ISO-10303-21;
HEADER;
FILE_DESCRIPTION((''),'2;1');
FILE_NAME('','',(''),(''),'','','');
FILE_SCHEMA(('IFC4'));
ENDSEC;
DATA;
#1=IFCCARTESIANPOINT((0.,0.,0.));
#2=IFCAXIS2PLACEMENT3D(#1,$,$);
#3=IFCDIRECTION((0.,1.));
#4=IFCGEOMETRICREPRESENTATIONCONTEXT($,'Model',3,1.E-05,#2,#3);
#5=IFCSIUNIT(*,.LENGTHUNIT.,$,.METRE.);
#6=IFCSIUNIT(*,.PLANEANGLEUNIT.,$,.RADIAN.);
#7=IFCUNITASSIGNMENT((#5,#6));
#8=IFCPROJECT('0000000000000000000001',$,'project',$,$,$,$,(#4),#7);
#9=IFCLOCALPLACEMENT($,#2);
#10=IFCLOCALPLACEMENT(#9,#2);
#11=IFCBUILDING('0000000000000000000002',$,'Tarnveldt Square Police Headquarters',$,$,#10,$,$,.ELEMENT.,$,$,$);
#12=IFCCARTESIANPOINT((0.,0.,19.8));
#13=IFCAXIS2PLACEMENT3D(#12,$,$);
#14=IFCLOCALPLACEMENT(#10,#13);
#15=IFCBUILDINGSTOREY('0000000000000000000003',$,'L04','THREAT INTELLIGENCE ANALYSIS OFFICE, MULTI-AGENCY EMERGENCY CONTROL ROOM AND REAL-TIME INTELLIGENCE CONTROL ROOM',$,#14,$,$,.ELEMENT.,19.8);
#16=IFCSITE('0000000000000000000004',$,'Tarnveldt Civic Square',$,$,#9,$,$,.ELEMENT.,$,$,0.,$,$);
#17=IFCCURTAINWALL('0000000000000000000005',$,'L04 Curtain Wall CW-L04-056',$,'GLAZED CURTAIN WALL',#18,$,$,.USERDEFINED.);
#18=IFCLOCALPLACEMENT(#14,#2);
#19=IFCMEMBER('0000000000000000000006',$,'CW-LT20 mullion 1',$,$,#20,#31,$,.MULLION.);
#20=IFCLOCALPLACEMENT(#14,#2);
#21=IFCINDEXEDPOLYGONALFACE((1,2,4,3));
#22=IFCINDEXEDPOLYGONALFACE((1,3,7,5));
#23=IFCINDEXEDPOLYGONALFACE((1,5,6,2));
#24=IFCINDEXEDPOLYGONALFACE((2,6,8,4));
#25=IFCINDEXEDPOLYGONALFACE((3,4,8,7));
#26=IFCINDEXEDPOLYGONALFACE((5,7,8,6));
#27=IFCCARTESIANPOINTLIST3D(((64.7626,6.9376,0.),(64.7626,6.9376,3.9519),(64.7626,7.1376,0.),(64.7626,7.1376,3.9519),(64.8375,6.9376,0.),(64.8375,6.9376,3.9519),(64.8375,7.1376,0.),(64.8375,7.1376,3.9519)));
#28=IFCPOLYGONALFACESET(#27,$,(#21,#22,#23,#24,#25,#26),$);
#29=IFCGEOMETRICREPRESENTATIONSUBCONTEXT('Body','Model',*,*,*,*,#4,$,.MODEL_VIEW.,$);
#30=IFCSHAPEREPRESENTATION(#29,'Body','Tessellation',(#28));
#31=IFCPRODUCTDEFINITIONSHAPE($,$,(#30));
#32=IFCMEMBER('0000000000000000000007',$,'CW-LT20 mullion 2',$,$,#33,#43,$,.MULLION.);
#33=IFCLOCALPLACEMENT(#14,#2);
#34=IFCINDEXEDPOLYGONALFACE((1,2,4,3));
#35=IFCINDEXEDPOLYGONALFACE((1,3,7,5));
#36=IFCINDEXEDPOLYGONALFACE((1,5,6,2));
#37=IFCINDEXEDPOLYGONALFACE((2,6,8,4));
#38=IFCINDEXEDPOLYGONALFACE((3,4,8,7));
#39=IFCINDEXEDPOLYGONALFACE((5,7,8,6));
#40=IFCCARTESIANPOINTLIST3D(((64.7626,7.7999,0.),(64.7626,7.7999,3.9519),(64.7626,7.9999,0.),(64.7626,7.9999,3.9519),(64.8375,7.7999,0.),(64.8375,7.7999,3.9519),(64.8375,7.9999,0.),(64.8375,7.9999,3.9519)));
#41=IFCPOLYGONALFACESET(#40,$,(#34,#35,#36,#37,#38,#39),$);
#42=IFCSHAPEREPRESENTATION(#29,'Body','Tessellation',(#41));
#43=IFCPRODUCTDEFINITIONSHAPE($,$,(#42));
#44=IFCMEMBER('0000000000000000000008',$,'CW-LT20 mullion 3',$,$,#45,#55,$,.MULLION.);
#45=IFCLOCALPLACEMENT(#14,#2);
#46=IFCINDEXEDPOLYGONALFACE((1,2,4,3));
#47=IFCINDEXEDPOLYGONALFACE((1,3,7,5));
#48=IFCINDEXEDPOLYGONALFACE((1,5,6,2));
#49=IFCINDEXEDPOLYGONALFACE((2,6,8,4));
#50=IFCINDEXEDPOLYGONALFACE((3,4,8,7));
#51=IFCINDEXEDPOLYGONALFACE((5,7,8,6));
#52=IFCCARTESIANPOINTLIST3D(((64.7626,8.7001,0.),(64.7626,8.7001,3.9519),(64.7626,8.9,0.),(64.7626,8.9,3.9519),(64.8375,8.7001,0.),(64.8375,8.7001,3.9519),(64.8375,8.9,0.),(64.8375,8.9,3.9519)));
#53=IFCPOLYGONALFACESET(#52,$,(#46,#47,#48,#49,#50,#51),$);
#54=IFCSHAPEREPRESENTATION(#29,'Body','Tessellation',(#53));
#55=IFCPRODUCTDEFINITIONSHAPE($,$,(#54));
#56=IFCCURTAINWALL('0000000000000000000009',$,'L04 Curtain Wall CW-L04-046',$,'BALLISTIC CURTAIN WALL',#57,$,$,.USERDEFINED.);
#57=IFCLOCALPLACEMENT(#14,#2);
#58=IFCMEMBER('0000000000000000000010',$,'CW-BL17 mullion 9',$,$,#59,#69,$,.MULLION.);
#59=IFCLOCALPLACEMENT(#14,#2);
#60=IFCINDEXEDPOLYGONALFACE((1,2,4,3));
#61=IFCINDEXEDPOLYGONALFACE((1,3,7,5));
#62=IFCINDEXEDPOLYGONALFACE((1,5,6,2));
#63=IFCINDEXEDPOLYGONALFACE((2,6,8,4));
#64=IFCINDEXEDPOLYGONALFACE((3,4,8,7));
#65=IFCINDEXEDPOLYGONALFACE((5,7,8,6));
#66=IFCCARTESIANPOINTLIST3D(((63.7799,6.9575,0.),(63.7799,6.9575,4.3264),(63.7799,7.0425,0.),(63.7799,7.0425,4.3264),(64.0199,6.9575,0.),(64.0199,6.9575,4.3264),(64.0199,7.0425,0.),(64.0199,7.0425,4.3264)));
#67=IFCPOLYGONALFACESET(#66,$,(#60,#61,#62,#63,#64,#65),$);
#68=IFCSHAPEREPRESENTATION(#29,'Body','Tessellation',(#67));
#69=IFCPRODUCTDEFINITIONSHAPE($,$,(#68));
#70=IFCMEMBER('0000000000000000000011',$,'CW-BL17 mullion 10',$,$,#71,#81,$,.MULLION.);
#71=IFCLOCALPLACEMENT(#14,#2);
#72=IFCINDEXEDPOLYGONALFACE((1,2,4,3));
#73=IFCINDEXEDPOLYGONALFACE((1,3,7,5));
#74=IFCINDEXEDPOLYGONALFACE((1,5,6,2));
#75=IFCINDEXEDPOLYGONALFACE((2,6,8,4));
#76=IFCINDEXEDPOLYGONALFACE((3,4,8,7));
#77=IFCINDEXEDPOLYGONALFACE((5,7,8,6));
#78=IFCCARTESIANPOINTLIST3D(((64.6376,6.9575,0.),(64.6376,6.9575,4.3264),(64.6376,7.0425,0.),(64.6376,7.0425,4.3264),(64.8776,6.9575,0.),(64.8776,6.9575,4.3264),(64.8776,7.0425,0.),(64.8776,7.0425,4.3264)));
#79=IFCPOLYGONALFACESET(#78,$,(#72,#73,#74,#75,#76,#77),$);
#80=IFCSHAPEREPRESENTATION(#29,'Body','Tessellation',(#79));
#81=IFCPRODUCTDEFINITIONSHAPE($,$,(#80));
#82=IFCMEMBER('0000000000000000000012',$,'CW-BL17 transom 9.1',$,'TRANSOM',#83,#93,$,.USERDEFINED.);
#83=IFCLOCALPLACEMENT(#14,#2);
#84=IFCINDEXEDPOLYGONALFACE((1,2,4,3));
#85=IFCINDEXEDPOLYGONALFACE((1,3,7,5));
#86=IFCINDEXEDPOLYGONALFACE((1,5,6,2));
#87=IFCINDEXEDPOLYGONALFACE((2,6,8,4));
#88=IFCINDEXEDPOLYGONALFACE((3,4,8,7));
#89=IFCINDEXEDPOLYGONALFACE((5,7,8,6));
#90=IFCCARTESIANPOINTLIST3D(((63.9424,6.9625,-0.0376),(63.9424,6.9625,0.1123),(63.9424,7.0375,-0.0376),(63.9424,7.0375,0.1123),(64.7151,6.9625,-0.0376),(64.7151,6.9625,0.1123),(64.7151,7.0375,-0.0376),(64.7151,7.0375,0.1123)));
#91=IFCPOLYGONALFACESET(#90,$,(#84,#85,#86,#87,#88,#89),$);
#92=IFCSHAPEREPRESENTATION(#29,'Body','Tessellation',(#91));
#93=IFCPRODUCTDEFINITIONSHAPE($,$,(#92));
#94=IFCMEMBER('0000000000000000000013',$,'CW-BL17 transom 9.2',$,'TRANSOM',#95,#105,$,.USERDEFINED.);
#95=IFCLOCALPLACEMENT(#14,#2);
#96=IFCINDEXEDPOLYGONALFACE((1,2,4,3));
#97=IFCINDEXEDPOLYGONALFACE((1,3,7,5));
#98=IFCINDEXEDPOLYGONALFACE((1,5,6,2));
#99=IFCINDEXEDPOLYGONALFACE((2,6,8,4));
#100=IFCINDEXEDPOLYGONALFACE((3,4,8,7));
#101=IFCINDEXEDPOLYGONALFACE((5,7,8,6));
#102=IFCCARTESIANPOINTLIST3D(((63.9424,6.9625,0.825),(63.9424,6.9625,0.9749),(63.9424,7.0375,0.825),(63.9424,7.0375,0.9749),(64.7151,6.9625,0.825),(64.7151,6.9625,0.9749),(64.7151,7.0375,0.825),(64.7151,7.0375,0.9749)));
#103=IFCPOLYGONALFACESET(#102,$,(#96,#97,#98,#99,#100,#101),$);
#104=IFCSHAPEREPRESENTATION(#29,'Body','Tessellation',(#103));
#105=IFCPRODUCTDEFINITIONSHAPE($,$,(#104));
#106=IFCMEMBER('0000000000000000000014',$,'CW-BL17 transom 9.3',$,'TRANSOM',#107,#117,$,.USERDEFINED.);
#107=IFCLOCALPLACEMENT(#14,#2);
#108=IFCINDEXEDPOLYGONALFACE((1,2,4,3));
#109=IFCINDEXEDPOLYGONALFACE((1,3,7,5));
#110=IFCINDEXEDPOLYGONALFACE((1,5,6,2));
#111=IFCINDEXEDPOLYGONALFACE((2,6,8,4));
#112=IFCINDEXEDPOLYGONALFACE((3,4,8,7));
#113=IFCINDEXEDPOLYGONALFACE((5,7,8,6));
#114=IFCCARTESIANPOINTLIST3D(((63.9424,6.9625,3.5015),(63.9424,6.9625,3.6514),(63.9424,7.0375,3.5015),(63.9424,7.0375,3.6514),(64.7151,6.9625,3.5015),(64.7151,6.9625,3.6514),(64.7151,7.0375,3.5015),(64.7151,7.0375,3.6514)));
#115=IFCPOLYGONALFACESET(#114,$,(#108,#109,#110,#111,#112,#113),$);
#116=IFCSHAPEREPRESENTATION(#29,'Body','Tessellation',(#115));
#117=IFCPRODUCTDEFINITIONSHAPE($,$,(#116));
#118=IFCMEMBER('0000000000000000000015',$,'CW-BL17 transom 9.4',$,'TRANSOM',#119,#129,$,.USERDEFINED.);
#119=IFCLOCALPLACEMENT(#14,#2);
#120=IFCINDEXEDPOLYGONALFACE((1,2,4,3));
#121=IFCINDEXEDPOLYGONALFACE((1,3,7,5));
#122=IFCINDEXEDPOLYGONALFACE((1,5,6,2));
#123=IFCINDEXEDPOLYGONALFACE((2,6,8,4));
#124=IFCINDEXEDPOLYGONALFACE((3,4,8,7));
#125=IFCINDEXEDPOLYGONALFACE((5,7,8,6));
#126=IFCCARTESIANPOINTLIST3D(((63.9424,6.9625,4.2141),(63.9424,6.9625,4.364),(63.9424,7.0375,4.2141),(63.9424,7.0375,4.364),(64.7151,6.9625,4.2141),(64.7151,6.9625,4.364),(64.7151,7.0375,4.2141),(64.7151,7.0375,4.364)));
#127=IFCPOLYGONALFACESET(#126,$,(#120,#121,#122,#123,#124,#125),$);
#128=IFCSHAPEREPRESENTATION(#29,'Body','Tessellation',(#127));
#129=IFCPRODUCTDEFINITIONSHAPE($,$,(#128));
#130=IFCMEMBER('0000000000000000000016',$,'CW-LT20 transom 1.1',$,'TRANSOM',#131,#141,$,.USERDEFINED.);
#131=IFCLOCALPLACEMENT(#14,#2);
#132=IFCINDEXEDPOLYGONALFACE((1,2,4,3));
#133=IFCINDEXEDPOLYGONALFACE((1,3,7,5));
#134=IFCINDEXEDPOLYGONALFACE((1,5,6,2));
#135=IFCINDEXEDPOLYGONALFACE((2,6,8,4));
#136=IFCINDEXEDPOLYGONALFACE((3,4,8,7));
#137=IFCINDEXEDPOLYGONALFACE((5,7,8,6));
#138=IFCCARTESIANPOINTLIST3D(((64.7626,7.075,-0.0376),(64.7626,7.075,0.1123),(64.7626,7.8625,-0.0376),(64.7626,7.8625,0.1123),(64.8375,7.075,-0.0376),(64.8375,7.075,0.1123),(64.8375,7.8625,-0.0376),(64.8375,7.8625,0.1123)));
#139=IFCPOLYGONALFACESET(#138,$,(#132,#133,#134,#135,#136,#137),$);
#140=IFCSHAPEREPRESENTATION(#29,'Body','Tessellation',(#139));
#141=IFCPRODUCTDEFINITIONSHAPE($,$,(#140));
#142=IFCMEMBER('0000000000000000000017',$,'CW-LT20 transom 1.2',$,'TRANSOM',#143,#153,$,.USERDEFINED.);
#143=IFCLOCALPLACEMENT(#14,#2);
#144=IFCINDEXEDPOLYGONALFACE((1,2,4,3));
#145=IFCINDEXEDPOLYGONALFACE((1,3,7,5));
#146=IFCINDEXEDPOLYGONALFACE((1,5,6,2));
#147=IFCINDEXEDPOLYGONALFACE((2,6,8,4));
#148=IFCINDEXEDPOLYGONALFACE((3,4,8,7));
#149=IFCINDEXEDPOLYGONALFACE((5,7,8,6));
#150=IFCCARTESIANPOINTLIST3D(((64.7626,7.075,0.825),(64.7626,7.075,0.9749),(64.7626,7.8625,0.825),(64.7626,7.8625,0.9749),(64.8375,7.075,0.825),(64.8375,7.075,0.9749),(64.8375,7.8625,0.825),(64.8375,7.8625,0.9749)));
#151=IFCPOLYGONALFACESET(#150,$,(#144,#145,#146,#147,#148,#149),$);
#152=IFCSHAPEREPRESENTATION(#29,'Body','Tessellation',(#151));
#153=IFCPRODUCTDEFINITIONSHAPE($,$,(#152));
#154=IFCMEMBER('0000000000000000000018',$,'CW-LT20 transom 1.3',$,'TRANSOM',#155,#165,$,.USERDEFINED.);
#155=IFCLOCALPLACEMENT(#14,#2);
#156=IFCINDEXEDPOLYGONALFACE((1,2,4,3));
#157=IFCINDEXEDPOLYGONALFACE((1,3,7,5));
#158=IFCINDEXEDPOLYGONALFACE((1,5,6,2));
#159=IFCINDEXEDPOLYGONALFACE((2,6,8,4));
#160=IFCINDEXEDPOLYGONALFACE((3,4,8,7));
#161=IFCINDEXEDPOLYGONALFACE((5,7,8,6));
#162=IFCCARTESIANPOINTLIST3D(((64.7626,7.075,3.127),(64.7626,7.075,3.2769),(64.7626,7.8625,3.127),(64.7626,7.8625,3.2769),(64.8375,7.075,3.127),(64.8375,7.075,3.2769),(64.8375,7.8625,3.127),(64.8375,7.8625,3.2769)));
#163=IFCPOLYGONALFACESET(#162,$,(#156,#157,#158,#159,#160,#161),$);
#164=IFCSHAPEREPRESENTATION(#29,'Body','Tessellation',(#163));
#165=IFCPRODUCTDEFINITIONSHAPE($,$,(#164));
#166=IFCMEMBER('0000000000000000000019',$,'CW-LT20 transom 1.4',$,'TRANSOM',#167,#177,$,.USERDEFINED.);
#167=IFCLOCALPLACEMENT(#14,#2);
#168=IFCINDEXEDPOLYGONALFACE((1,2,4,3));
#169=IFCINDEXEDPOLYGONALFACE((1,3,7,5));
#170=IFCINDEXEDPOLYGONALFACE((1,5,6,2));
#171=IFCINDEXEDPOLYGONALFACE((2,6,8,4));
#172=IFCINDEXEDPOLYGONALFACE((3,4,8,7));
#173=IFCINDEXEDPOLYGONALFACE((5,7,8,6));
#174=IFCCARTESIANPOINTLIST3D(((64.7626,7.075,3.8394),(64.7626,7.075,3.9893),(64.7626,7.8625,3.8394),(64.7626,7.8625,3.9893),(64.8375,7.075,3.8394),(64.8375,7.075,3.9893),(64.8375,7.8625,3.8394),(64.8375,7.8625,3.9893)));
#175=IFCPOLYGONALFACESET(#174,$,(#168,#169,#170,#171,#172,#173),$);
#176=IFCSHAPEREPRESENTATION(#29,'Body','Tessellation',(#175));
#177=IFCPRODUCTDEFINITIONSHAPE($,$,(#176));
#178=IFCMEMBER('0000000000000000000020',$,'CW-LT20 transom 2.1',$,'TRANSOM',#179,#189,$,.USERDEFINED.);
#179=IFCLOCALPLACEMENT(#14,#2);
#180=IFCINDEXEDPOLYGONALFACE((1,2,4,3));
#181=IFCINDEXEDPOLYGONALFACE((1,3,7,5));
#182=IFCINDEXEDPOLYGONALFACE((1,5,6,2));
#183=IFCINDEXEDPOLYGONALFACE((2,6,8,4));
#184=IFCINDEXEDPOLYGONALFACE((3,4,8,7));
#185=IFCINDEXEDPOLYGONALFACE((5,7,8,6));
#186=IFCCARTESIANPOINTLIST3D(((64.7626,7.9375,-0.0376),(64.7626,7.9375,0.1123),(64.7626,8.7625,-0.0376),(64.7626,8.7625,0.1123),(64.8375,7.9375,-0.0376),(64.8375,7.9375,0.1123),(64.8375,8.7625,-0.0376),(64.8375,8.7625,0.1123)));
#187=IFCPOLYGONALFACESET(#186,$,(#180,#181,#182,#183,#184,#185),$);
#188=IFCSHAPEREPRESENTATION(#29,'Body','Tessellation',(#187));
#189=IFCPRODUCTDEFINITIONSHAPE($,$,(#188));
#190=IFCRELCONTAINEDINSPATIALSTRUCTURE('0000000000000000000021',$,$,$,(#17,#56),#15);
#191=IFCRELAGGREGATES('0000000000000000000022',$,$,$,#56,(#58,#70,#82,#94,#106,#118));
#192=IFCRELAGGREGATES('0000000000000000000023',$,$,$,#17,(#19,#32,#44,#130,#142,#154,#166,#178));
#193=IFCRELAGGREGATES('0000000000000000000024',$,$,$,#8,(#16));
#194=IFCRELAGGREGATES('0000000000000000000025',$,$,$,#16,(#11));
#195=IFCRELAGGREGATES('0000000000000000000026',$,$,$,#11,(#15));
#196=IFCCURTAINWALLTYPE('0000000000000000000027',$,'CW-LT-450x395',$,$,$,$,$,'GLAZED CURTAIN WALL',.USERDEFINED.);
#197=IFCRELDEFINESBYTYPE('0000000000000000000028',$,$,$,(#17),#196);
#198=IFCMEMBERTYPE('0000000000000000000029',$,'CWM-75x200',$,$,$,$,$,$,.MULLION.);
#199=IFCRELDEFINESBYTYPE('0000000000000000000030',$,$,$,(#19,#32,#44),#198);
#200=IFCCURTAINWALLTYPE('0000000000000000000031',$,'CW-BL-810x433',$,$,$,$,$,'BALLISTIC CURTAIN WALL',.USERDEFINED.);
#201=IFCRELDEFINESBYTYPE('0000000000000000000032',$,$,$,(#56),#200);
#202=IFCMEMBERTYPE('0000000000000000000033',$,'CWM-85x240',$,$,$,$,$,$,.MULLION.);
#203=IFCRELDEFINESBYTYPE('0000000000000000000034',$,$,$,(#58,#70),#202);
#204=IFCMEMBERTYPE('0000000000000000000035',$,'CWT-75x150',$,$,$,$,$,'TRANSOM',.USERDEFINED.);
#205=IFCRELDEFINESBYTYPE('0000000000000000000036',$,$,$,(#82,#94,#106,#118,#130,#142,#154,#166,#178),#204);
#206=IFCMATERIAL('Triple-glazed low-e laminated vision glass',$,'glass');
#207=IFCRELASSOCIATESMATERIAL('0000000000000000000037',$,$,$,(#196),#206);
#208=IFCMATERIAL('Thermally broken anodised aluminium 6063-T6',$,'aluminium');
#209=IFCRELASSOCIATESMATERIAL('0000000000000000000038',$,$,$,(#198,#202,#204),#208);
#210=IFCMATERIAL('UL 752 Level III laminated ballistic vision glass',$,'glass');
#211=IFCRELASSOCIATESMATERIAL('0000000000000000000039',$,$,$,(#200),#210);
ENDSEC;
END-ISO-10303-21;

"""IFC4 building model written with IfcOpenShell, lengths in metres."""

from ifc_helpers import new_model, si_unit, direction, frame, origin, origin_2d, place, context, subcontext, project, spatial, rectangle, extrude, material, material_profile, profile_set, type_object, element, aggregate, save


model = new_model("IFC4")

# Units and contexts
model_context = context("Model", 3, precision=1e-05, world=origin(), true_north=direction((0.0, 1.0)))
body_context = subcontext(model_context, "Body", "Model", "MODEL_VIEW")
ifc_project = project(units=[si_unit("LENGTHUNIT", "METRE"), si_unit("PLANEANGLEUNIT", "RADIAN")], contexts=[model_context])

# Site, building, storey
site_placement = place(None, origin())
site = spatial("IfcSite", under=ifc_project, at=site_placement, Name="Tarnveldt Civic Square", CompositionType="ELEMENT", RefElevation=0.0)
building_placement = place(site_placement, origin())
building = spatial("IfcBuilding", under=site, at=building_placement, Name="Tarnveldt Square Police Headquarters", CompositionType="ELEMENT")
storey_placement = place(building_placement, frame((0.0, 0.0, 19.8)))
storey = spatial("IfcBuildingStorey", under=building, at=storey_placement, Name="L04", Description="THREAT INTELLIGENCE ANALYSIS OFFICE, MULTI-AGENCY EMERGENCY CONTROL ROOM AND REAL-TIME INTELLIGENCE CONTROL ROOM", CompositionType="ELEMENT", Elevation=19.8)

# Curtain walls, members
ifc_material_1 = material(Name="Triple-glazed low-e laminated vision glass", Category="glass")
curtain_wall_type_1 = type_object("IfcCurtainWallType", Name="CW-LT-450x395", ElementType="GLAZED CURTAIN WALL", PredefinedType="USERDEFINED", material=ifc_material_1)
curtain_wall_1_placement = place(storey_placement, origin())
curtain_wall_1 = element("IfcCurtainWall", 1, at=curtain_wall_1_placement, inside=storey, type_object=curtain_wall_type_1, Name="L04 Curtain Wall CW-L04-056", ObjectType="GLAZED CURTAIN WALL", PredefinedType="USERDEFINED")
ifc_material_2 = material(Name="Thermally broken anodised aluminium 6063-T6", Category="aluminium")
ifc_material_profile_1 = material_profile(ifc_material_2, rectangle(XDim=0.075, YDim=0.2, at=origin_2d()), Name="CW-M75x200")
ifc_profile_set_1 = profile_set([ifc_material_profile_1], Name="Thermally broken anodised aluminium 6063-T6")
member_type_1 = type_object("IfcMemberType", Name="CWM-75x200", PredefinedType="MULLION", material=ifc_profile_set_1)
member_1_placement = place(storey_placement, frame((64.8, 7.0376, 0.0), z_axis=(0.0, 0.0, 1.0), x_axis=(-1.0, 0.0, 0.0)))
member_1 = element("IfcMember", 2, at=member_1_placement, type_object=member_type_1, Name="CW-LT20 mullion 1", PredefinedType="MULLION", context=body_context, shape_type="SweptSolid", body=[
    extrude(rectangle(XDim=0.075, YDim=0.2, at=origin_2d()), origin(), (0.0, 0.0, 1.0), 3.9519),
])
member_2_placement = place(storey_placement, frame((64.8, 7.8999, 0.0), z_axis=(0.0, 0.0, 1.0), x_axis=(-1.0, 0.0, 0.0)))
member_2 = element("IfcMember", 3, at=member_2_placement, type_object=member_type_1, Name="CW-LT20 mullion 2", PredefinedType="MULLION", context=body_context, shape_type="SweptSolid", body=[
    extrude(rectangle(XDim=0.075, YDim=0.2, at=origin_2d()), origin(), (0.0, 0.0, 1.0), 3.9519),
])
member_3_placement = place(storey_placement, frame((64.8, 8.8, 0.0), z_axis=(0.0, 0.0, 1.0), x_axis=(-1.0, 0.0, 0.0)))
member_3 = element("IfcMember", 4, at=member_3_placement, type_object=member_type_1, Name="CW-LT20 mullion 3", PredefinedType="MULLION", context=body_context, shape_type="SweptSolid", body=[
    extrude(rectangle(XDim=0.075, YDim=0.2, at=origin_2d()), origin(), (0.0, 0.0, 1.0), 3.9519),
])
ifc_material_3 = material(Name="UL 752 Level III laminated ballistic vision glass", Category="glass")
curtain_wall_type_2 = type_object("IfcCurtainWallType", Name="CW-BL-810x433", ElementType="BALLISTIC CURTAIN WALL", PredefinedType="USERDEFINED", material=ifc_material_3)
curtain_wall_2_placement = place(storey_placement, origin())
curtain_wall_2 = element("IfcCurtainWall", 5, at=curtain_wall_2_placement, inside=storey, type_object=curtain_wall_type_2, Name="L04 Curtain Wall CW-L04-046", ObjectType="BALLISTIC CURTAIN WALL", PredefinedType="USERDEFINED")
ifc_material_profile_2 = material_profile(ifc_material_2, rectangle(XDim=0.085, YDim=0.24, at=origin_2d()), Name="CW-M85x240")
ifc_profile_set_2 = profile_set([ifc_material_profile_2], Name="Thermally broken anodised aluminium 6063-T6")
member_type_2 = type_object("IfcMemberType", Name="CWM-85x240", PredefinedType="MULLION", material=ifc_profile_set_2)
member_4_placement = place(storey_placement, frame((63.8999, 7.0, 0.0), z_axis=(0.0, 0.0, 1.0), x_axis=(0.0, 1.0, 0.0)))
member_4 = element("IfcMember", 6, at=member_4_placement, type_object=member_type_2, Name="CW-BL17 mullion 9", PredefinedType="MULLION", context=body_context, shape_type="SweptSolid", body=[
    extrude(rectangle(XDim=0.085, YDim=0.24, at=origin_2d()), origin(), (0.0, 0.0, 1.0), 4.3264),
])
member_5_placement = place(storey_placement, frame((64.7576, 7.0, 0.0), z_axis=(0.0, 0.0, 1.0), x_axis=(0.0, 1.0, 0.0)))
member_5 = element("IfcMember", 7, at=member_5_placement, type_object=member_type_2, Name="CW-BL17 mullion 10", PredefinedType="MULLION", context=body_context, shape_type="SweptSolid", body=[
    extrude(rectangle(XDim=0.085, YDim=0.24, at=origin_2d()), origin(), (0.0, 0.0, 1.0), 4.3264),
])
ifc_material_profile_3 = material_profile(ifc_material_2, rectangle(XDim=0.075, YDim=0.1499, at=origin_2d()), Name="CW-T75x150")
ifc_profile_set_3 = profile_set([ifc_material_profile_3], Name="Thermally broken anodised aluminium 6063-T6")
member_type_3 = type_object("IfcMemberType", Name="CWT-75x150", ElementType="TRANSOM", PredefinedType="USERDEFINED", material=ifc_profile_set_3)
member_6_placement = place(storey_placement, frame((63.9424, 7.0, 0.0374), z_axis=(1.0, 0.0, 0.0), x_axis=(0.0, 1.0, 0.0)))
member_6 = element("IfcMember", 8, at=member_6_placement, type_object=member_type_3, Name="CW-BL17 transom 9.1", ObjectType="TRANSOM", PredefinedType="USERDEFINED", context=body_context, shape_type="SweptSolid", body=[
    extrude(rectangle(XDim=0.075, YDim=0.1499, at=origin_2d()), origin(), (0.0, 0.0, 1.0), 0.7727),
])
member_7_placement = place(storey_placement, frame((63.9424, 7.0, 0.8999), z_axis=(1.0, 0.0, 0.0), x_axis=(0.0, 1.0, 0.0)))
member_7 = element("IfcMember", 9, at=member_7_placement, type_object=member_type_3, Name="CW-BL17 transom 9.2", ObjectType="TRANSOM", PredefinedType="USERDEFINED", context=body_context, shape_type="SweptSolid", body=[
    extrude(rectangle(XDim=0.075, YDim=0.1499, at=origin_2d()), origin(), (0.0, 0.0, 1.0), 0.7727),
])
member_8_placement = place(storey_placement, frame((63.9424, 7.0, 3.5764), z_axis=(1.0, 0.0, 0.0), x_axis=(0.0, 1.0, 0.0)))
member_8 = element("IfcMember", 10, at=member_8_placement, type_object=member_type_3, Name="CW-BL17 transom 9.3", ObjectType="TRANSOM", PredefinedType="USERDEFINED", context=body_context, shape_type="SweptSolid", body=[
    extrude(rectangle(XDim=0.075, YDim=0.1499, at=origin_2d()), origin(), (0.0, 0.0, 1.0), 0.7727),
])
member_9_placement = place(storey_placement, frame((63.9424, 7.0, 4.2891), z_axis=(1.0, 0.0, 0.0), x_axis=(0.0, 1.0, 0.0)))
member_9 = element("IfcMember", 11, at=member_9_placement, type_object=member_type_3, Name="CW-BL17 transom 9.4", ObjectType="TRANSOM", PredefinedType="USERDEFINED", context=body_context, shape_type="SweptSolid", body=[
    extrude(rectangle(XDim=0.075, YDim=0.1499, at=origin_2d()), origin(), (0.0, 0.0, 1.0), 0.7727),
])

# Members
member_10_placement = place(storey_placement, frame((64.8, 7.075, 0.0374), z_axis=(0.0, 1.0, 0.0), x_axis=(-1.0, 0.0, 0.0)))
member_10 = element("IfcMember", 12, at=member_10_placement, type_object=member_type_3, Name="CW-LT20 transom 1.1", ObjectType="TRANSOM", PredefinedType="USERDEFINED", context=body_context, shape_type="SweptSolid", body=[
    extrude(rectangle(XDim=0.075, YDim=0.1499, at=origin_2d()), origin(), (0.0, 0.0, 1.0), 0.7876),
])
member_11_placement = place(storey_placement, frame((64.8, 7.075, 0.8999), z_axis=(0.0, 1.0, 0.0), x_axis=(-1.0, 0.0, 0.0)))
member_11 = element("IfcMember", 13, at=member_11_placement, type_object=member_type_3, Name="CW-LT20 transom 1.2", ObjectType="TRANSOM", PredefinedType="USERDEFINED", context=body_context, shape_type="SweptSolid", body=[
    extrude(rectangle(XDim=0.075, YDim=0.1499, at=origin_2d()), origin(), (0.0, 0.0, 1.0), 0.7876),
])
member_12_placement = place(storey_placement, frame((64.8, 7.075, 3.2019), z_axis=(0.0, 1.0, 0.0), x_axis=(-1.0, 0.0, 0.0)))
member_12 = element("IfcMember", 14, at=member_12_placement, type_object=member_type_3, Name="CW-LT20 transom 1.3", ObjectType="TRANSOM", PredefinedType="USERDEFINED", context=body_context, shape_type="SweptSolid", body=[
    extrude(rectangle(XDim=0.075, YDim=0.1499, at=origin_2d()), origin(), (0.0, 0.0, 1.0), 0.7876),
])
member_13_placement = place(storey_placement, frame((64.8, 7.075, 3.9143), z_axis=(0.0, 1.0, 0.0), x_axis=(-1.0, 0.0, 0.0)))
member_13 = element("IfcMember", 15, at=member_13_placement, type_object=member_type_3, Name="CW-LT20 transom 1.4", ObjectType="TRANSOM", PredefinedType="USERDEFINED", context=body_context, shape_type="SweptSolid", body=[
    extrude(rectangle(XDim=0.075, YDim=0.1499, at=origin_2d()), origin(), (0.0, 0.0, 1.0), 0.7876),
])
member_14_placement = place(storey_placement, frame((64.8, 7.9375, 0.0374), z_axis=(0.0, 1.0, 0.0), x_axis=(-1.0, 0.0, 0.0)))
member_14 = element("IfcMember", 16, at=member_14_placement, type_object=member_type_3, Name="CW-LT20 transom 2.1", ObjectType="TRANSOM", PredefinedType="USERDEFINED", context=body_context, shape_type="SweptSolid", body=[
    extrude(rectangle(XDim=0.075, YDim=0.1499, at=origin_2d()), origin(), (0.0, 0.0, 1.0), 0.825),
])

aggregate(curtain_wall_2, [member_4, member_5, member_6, member_7, member_8, member_9])
aggregate(curtain_wall_1, [member_1, member_2, member_3, member_10, member_11, member_12, member_13, member_14])

save(model, "model.ifc")
